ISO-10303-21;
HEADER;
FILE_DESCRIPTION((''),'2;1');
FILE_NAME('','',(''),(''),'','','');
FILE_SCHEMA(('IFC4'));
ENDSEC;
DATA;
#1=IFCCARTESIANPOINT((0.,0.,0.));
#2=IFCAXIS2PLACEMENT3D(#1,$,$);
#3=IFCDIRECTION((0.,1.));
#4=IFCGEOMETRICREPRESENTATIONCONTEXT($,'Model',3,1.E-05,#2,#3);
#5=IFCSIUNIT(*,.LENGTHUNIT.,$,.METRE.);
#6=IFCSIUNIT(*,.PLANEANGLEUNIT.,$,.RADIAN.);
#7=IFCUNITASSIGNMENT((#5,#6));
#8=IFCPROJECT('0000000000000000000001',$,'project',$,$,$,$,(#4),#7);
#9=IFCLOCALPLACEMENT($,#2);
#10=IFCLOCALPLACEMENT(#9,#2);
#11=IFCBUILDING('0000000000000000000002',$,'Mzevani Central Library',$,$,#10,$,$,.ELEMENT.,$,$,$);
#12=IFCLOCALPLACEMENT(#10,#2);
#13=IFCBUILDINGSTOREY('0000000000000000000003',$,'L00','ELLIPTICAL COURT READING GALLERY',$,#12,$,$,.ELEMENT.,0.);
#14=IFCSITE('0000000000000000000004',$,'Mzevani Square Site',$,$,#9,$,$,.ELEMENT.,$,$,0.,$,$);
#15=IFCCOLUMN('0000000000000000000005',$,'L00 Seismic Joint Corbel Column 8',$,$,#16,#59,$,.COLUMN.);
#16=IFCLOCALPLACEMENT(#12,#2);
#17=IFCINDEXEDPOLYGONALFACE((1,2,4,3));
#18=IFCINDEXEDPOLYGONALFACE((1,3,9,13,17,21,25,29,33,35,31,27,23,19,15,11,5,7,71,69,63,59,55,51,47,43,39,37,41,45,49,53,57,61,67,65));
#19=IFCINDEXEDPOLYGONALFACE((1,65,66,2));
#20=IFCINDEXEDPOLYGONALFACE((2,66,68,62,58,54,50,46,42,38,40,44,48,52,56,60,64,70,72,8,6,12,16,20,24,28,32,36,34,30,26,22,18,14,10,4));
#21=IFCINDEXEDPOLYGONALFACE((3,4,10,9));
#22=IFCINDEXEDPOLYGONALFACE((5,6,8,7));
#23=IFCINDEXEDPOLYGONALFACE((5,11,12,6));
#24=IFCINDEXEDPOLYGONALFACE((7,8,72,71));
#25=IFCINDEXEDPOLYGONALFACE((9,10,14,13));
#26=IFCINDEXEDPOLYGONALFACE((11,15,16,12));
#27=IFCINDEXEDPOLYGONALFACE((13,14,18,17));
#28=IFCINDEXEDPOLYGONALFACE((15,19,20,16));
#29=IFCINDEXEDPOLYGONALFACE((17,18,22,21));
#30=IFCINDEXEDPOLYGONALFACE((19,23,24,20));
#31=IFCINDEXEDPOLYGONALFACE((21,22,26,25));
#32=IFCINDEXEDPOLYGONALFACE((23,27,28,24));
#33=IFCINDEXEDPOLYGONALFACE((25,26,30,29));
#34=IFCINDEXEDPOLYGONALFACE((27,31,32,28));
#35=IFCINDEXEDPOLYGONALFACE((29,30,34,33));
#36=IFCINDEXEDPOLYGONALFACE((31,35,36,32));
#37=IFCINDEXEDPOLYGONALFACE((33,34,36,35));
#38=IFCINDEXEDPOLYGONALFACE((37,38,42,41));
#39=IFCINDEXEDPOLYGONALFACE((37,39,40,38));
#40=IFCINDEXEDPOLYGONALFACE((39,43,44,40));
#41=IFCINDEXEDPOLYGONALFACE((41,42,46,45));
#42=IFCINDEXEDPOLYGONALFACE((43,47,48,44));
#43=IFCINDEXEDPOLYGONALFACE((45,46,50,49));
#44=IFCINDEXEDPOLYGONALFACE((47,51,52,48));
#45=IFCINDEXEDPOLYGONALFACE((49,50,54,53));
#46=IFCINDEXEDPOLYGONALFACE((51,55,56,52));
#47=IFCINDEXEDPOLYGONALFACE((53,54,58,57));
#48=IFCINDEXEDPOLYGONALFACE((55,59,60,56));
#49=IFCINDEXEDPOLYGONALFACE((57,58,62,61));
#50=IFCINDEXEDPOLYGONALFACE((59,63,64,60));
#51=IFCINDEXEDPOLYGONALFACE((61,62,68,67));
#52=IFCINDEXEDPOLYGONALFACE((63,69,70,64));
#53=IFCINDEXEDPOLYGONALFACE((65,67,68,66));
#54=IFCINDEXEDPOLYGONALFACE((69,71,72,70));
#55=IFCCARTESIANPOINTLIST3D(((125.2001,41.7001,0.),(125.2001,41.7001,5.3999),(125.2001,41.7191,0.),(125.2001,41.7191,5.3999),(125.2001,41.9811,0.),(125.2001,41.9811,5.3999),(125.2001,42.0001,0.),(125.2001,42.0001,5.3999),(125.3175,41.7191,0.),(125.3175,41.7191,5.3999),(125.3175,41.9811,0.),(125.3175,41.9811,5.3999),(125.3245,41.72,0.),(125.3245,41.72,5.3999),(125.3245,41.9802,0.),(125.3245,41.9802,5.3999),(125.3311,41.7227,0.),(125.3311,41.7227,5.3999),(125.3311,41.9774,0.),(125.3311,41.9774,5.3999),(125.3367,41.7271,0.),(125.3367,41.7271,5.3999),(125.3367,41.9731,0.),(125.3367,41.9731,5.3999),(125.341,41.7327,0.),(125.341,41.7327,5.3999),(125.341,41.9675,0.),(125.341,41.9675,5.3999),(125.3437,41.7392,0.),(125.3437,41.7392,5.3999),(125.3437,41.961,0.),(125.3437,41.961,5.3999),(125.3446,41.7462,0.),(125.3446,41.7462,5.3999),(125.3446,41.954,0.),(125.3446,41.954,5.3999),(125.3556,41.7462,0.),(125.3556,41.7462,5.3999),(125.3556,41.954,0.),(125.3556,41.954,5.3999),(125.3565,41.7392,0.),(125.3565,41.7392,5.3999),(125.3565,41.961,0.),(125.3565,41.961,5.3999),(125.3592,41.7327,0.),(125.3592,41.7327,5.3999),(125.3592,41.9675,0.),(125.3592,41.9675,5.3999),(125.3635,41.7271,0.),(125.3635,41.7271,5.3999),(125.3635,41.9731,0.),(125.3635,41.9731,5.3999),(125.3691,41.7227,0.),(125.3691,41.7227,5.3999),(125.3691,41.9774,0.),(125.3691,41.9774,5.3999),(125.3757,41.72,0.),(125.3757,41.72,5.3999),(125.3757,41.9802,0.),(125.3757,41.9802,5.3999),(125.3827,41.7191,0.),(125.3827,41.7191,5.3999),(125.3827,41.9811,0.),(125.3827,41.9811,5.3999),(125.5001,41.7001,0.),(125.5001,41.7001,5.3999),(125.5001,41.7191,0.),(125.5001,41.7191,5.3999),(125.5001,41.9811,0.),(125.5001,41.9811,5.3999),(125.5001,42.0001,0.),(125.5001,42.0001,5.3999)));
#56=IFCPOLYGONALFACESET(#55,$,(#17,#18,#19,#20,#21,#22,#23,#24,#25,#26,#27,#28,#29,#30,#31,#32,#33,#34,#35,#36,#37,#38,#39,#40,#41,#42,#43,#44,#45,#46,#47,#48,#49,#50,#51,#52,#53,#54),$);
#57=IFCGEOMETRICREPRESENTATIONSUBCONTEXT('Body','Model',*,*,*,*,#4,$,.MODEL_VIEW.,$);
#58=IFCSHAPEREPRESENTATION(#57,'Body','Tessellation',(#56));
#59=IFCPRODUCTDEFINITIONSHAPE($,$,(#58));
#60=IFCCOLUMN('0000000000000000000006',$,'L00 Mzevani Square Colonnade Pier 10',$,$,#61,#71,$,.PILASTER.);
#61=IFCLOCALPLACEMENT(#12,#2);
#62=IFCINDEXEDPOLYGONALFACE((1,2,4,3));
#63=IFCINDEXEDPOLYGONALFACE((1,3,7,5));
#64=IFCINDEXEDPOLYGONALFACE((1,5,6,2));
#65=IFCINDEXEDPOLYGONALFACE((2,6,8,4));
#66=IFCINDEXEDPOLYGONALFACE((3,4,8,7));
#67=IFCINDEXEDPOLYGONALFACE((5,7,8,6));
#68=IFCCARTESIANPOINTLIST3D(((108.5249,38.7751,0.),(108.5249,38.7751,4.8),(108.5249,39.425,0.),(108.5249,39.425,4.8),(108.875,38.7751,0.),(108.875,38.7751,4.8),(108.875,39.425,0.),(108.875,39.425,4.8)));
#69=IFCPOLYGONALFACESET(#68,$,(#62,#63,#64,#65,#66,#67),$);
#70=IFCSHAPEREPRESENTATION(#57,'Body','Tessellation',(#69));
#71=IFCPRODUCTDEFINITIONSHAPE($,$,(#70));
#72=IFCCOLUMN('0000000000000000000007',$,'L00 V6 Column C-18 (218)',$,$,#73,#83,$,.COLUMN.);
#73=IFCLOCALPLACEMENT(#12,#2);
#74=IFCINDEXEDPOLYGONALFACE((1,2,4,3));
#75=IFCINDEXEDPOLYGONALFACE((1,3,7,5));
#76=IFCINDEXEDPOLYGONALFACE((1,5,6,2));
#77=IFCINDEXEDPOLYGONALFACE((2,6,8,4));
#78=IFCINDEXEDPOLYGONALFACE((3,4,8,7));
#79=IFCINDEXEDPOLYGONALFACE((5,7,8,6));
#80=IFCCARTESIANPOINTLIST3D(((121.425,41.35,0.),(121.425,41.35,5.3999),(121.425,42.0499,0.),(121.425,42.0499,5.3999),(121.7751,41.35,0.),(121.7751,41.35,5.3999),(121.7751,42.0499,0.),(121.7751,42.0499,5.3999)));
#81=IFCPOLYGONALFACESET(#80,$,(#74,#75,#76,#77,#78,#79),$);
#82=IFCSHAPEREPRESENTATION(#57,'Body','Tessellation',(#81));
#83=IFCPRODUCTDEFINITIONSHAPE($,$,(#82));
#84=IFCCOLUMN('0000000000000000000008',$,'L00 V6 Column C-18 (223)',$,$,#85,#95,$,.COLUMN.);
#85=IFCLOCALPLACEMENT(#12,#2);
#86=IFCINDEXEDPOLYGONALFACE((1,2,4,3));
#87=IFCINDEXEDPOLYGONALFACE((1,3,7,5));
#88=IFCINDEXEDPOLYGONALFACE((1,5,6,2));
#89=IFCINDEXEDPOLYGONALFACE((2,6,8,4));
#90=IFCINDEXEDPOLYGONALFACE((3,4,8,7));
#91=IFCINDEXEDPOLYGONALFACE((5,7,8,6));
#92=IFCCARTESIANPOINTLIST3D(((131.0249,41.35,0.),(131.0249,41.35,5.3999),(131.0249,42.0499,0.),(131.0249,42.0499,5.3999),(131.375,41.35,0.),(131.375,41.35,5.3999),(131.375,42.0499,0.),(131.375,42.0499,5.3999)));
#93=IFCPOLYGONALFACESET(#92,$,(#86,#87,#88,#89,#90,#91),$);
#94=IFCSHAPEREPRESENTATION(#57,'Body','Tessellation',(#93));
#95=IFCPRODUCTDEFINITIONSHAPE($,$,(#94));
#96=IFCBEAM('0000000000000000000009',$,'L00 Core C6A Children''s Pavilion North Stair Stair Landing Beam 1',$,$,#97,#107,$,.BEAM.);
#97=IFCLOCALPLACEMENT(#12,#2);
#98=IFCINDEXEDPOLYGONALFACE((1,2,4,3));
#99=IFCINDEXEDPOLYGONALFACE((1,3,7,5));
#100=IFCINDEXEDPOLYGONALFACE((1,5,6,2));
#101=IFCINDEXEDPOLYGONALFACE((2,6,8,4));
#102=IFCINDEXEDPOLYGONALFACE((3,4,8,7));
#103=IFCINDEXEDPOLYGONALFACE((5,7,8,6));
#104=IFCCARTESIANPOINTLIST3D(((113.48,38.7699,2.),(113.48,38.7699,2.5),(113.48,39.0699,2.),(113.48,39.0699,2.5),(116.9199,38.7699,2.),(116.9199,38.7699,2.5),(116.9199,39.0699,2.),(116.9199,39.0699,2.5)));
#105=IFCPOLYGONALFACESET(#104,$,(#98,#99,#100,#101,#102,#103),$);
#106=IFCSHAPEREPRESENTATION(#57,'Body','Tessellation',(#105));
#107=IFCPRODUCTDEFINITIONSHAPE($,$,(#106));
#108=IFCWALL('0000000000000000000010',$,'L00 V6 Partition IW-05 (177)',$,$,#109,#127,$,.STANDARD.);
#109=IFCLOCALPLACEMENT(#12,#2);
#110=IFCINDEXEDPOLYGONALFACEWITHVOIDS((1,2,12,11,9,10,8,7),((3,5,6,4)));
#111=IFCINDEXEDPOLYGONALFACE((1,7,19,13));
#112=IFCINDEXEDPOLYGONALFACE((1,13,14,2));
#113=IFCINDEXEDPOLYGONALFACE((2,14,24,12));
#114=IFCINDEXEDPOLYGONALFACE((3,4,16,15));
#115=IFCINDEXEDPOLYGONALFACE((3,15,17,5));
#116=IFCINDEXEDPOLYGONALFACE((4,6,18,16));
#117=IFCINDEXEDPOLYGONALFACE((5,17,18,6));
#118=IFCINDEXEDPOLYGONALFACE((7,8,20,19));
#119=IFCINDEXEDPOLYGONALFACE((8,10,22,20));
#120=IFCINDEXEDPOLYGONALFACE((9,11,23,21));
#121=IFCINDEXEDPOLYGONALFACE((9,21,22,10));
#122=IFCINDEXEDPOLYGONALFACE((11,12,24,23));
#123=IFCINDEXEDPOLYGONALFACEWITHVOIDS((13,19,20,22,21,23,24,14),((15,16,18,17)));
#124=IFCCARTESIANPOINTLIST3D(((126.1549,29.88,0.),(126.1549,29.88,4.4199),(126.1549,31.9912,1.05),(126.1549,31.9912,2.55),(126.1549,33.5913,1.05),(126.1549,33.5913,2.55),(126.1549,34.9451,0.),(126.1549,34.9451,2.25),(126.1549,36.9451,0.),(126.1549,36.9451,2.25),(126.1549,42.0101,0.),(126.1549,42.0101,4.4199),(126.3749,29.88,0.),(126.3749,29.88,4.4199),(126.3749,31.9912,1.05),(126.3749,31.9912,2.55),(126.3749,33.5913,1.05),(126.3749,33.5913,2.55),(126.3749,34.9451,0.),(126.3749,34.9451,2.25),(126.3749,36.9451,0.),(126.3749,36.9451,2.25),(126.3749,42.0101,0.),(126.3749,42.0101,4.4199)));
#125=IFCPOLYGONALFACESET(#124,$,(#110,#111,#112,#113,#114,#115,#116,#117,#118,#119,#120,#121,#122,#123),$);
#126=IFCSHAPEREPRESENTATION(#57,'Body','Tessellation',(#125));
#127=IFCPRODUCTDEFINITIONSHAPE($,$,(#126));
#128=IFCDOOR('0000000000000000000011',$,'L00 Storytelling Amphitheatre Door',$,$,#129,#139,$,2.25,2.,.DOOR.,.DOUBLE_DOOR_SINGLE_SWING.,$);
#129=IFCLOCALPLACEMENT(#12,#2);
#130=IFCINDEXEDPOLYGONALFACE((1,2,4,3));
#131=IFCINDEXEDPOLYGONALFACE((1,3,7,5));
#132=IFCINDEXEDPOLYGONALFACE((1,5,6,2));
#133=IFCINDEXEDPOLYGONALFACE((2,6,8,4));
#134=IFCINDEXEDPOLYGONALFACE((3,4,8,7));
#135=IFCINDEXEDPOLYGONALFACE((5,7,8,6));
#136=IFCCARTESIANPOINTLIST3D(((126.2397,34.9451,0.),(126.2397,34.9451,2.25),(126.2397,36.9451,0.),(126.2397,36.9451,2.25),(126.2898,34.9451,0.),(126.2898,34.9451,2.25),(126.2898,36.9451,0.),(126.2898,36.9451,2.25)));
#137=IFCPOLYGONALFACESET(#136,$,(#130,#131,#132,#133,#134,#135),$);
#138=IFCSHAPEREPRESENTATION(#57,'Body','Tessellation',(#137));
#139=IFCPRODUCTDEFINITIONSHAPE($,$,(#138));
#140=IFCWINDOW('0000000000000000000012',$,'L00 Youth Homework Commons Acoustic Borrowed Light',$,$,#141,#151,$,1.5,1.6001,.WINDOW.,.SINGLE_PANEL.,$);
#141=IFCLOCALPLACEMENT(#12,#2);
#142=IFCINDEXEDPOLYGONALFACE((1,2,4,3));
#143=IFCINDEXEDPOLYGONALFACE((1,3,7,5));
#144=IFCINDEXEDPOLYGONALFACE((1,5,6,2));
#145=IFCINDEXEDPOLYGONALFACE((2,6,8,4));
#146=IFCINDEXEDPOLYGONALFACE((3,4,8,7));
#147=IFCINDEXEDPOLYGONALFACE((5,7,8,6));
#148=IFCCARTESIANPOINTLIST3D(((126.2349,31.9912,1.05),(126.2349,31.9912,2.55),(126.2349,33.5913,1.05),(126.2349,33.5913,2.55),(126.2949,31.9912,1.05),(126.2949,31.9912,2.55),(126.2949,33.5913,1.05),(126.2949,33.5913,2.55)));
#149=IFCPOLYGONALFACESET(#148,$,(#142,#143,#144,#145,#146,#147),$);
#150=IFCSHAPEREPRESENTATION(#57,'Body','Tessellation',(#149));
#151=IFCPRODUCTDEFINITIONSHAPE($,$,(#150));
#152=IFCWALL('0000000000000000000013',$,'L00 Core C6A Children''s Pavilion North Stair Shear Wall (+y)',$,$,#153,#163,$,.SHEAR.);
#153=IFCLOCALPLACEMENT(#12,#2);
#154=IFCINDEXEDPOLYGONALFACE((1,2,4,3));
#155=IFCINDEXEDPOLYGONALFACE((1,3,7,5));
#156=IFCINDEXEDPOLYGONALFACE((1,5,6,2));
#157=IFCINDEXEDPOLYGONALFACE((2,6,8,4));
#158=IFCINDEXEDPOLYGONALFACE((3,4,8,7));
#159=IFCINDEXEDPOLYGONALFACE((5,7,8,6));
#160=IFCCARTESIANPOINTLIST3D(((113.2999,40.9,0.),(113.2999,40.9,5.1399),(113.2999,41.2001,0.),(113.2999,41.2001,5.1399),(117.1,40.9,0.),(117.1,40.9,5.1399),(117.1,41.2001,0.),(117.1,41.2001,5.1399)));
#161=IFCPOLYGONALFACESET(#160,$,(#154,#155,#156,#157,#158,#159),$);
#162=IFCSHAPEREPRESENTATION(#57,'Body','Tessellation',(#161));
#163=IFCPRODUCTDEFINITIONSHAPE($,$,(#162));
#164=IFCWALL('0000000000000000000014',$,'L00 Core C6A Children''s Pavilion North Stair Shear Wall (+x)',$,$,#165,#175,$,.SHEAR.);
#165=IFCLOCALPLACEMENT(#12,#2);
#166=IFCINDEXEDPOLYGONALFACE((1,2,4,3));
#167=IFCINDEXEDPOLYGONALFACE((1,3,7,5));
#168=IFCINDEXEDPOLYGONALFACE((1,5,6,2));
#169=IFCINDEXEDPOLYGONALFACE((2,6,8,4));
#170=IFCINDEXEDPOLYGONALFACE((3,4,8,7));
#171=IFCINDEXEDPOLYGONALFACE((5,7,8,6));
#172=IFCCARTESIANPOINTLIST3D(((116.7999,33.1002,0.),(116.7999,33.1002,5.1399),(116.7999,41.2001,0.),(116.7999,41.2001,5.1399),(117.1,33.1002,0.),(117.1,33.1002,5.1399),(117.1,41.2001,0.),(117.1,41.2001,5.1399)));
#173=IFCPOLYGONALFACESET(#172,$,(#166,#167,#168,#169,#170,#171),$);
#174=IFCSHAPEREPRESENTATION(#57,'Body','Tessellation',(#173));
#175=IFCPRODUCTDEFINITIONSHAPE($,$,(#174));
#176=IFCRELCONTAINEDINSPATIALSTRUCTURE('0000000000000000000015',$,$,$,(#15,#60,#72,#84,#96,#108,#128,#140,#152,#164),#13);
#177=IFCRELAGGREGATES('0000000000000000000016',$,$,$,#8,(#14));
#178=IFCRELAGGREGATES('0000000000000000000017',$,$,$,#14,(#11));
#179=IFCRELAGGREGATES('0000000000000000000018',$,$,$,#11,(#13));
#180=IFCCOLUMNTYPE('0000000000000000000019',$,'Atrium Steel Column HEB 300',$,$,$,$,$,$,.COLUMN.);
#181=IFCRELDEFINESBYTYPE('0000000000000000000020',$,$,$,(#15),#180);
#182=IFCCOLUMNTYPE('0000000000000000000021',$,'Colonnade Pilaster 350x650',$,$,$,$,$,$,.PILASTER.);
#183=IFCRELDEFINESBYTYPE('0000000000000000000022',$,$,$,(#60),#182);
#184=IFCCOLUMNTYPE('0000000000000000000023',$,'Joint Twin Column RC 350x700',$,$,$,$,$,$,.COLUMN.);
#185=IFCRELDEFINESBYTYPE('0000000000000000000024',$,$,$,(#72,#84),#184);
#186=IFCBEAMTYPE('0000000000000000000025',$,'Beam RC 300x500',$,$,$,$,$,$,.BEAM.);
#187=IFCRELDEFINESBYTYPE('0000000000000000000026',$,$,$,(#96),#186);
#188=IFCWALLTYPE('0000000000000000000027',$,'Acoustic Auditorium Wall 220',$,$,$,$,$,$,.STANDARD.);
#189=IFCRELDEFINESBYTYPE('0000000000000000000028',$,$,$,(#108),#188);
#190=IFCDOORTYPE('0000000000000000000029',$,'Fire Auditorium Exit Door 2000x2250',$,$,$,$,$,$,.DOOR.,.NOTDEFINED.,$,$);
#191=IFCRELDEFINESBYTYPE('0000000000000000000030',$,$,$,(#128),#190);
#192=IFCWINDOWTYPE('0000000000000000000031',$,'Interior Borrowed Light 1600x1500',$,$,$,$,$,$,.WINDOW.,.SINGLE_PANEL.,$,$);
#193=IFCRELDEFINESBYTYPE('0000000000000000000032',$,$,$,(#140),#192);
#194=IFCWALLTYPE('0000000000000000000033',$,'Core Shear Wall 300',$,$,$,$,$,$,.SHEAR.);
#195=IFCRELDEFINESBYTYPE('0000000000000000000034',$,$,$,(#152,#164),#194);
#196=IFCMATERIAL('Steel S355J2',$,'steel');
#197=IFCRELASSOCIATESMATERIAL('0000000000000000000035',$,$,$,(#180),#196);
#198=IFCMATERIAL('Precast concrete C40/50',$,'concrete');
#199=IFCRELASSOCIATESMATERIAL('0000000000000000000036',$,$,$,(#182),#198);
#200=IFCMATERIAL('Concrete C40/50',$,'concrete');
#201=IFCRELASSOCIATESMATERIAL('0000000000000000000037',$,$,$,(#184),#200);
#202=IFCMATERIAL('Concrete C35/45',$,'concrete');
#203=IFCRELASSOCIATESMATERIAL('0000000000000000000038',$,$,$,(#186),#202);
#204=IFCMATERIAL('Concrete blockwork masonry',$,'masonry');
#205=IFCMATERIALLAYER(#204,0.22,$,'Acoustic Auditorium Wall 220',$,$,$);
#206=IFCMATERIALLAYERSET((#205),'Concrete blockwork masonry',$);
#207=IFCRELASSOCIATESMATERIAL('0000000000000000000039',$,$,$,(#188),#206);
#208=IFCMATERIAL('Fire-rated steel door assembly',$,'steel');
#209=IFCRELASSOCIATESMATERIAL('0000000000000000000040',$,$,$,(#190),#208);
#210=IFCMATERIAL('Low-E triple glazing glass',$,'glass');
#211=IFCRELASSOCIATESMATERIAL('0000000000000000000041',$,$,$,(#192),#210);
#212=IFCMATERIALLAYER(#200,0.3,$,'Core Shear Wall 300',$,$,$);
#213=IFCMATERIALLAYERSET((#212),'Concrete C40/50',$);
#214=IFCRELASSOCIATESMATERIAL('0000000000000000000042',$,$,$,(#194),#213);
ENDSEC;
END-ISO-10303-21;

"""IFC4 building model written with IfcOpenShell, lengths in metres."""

from ifc_helpers import new_model, si_unit, direction, frame, frame_2d, origin, origin_2d, place, context, subcontext, project, spatial, rectangle, i_section, extrude, material, layer, layer_set, material_profile, profile_set, type_object, element, fill, save


model = new_model("IFC4")

# Units and contexts
model_context = context("Model", 3, precision=1e-05, world=origin(), true_north=direction((0.0, 1.0)))
body_context = subcontext(model_context, "Body", "Model", "MODEL_VIEW")
ifc_project = project(units=[si_unit("LENGTHUNIT", "METRE"), si_unit("PLANEANGLEUNIT", "RADIAN")], contexts=[model_context])

# Site, building, storey
site_placement = place(None, origin())
site = spatial("IfcSite", under=ifc_project, at=site_placement, Name="Mzevani Square Site", CompositionType="ELEMENT", RefElevation=0.0)
building_placement = place(site_placement, origin())
building = spatial("IfcBuilding", under=site, at=building_placement, Name="Mzevani Central Library", CompositionType="ELEMENT")
storey_placement = place(building_placement, origin())
storey = spatial("IfcBuildingStorey", under=building, at=storey_placement, Name="L00", Description="ELLIPTICAL COURT READING GALLERY", CompositionType="ELEMENT", Elevation=0.0)

# Columns
ifc_material_1 = material(Name="Steel S355J2", Category="steel")
ifc_material_profile_1 = material_profile(ifc_material_1, i_section(OverallWidth=0.3, OverallDepth=0.3, WebThickness=0.011, FlangeThickness=0.019, FilletRadius=0.0271, at=origin_2d()), Name="HEB 300")
ifc_profile_set_1 = profile_set([ifc_material_profile_1], Name="Steel S355J2")
column_type_1 = type_object("IfcColumnType", Name="Atrium Steel Column HEB 300", PredefinedType="COLUMN", material=ifc_profile_set_1)
column_1_placement = place(storey_placement, frame((125.3501, 41.8501, 0.0), z_axis=(0.0, 0.0, 1.0), x_axis=(1.0, 0.0, 0.0)))
element("IfcColumn", 1, at=column_1_placement, inside=storey, type_object=column_type_1, Name="L00 Seismic Joint Corbel Column 8", PredefinedType="COLUMN", context=body_context, shape_type="SweptSolid", body=[
    extrude(i_section(OverallWidth=0.3, OverallDepth=0.3, WebThickness=0.011, FlangeThickness=0.019, FilletRadius=0.0271, at=origin_2d()), origin(), (0.0, 0.0, 1.0), 5.3999),
])
ifc_material_2 = material(Name="Precast concrete C40/50", Category="concrete")
ifc_material_profile_2 = material_profile(ifc_material_2, rectangle(XDim=0.3501, YDim=0.6499, at=origin_2d()), Name="PC PIL 350x650")
ifc_profile_set_2 = profile_set([ifc_material_profile_2], Name="Precast concrete C40/50")
column_type_2 = type_object("IfcColumnType", Name="Colonnade Pilaster 350x650", PredefinedType="PILASTER", material=ifc_profile_set_2)
column_2_placement = place(storey_placement, frame((108.7, 39.1001, 0.0), z_axis=(0.0, 0.0, 1.0), x_axis=(1.0, 0.0, 0.0)))
element("IfcColumn", 2, at=column_2_placement, inside=storey, type_object=column_type_2, Name="L00 Mzevani Square Colonnade Pier 10", PredefinedType="PILASTER", context=body_context, shape_type="SweptSolid", body=[
    extrude(rectangle(XDim=0.3501, YDim=0.6499, at=origin_2d()), origin(), (0.0, 0.0, 1.0), 4.8),
])
ifc_material_3 = material(Name="Concrete C40/50", Category="concrete")
ifc_material_profile_3 = material_profile(ifc_material_3, rectangle(XDim=0.3501, YDim=0.7, at=origin_2d()), Name="RC 350x700")
ifc_profile_set_3 = profile_set([ifc_material_profile_3], Name="Concrete C40/50")
column_type_3 = type_object("IfcColumnType", Name="Joint Twin Column RC 350x700", PredefinedType="COLUMN", material=ifc_profile_set_3)
for number, where, z_axis, x_axis, name in (
    (3, (121.6001, 41.7, 0.0), (0.0, 0.0, 1.0), (1.0, 0.0, 0.0), "L00 V6 Column C-18 (218)"),
    (4, (131.2, 41.7, 0.0), (0.0, 0.0, 1.0), (1.0, 0.0, 0.0), "L00 V6 Column C-18 (223)"),
):
    element("IfcColumn", number, at=place(storey_placement, frame(where, z_axis=z_axis, x_axis=x_axis)), inside=storey, type_object=column_type_3, Name=name, PredefinedType="COLUMN", context=body_context, shape_type="SweptSolid", body=[
        extrude(rectangle(XDim=0.3501, YDim=0.7, at=origin_2d()), origin(), (0.0, 0.0, 1.0), 5.3999),
    ])

# Beam
ifc_material_4 = material(Name="Concrete C35/45", Category="concrete")
ifc_material_profile_4 = material_profile(ifc_material_4, rectangle(XDim=0.3, YDim=0.5, at=origin_2d()), Name="RC B300x500")
ifc_profile_set_4 = profile_set([ifc_material_profile_4], Name="Concrete C35/45")
beam_type = type_object("IfcBeamType", Name="Beam RC 300x500", PredefinedType="BEAM", material=ifc_profile_set_4)
beam_placement = place(storey_placement, frame((113.48, 38.9199, 2.25), z_axis=(1.0, 0.0, 0.0), x_axis=(0.0, 1.0, 0.0)))
element("IfcBeam", 5, at=beam_placement, inside=storey, type_object=beam_type, Name="L00 Core C6A Children's Pavilion North Stair Stair Landing Beam 1", PredefinedType="BEAM", context=body_context, shape_type="SweptSolid", body=[
    extrude(rectangle(XDim=0.3, YDim=0.5, at=origin_2d()), origin(), (0.0, 0.0, 1.0), 3.4399),
])

# Wall, openings, door, window
ifc_material_5 = material(Name="Concrete blockwork masonry", Category="masonry")
ifc_layer_1 = layer(ifc_material_5, 0.22, Name="Acoustic Auditorium Wall 220")
ifc_layer_set_1 = layer_set([ifc_layer_1], Name="Concrete blockwork masonry")
wall_type_1 = type_object("IfcWallType", Name="Acoustic Auditorium Wall 220", PredefinedType="STANDARD", material=ifc_layer_set_1)
wall_1_placement = place(storey_placement, frame((126.2649, 42.01, 0.0), z_axis=(0.0, 0.0, 1.0), x_axis=(0.0, -1.0, 0.0)))
wall_1 = element("IfcWall", 6, at=wall_1_placement, inside=storey, type_object=wall_type_1, Name="L00 V6 Partition IW-05 (177)", PredefinedType="STANDARD", context=body_context, shape_type="SweptSolid", body=[
    extrude(rectangle(XDim=12.1301, YDim=0.22, at=frame_2d((6.0649, 0.0))), origin(), (0.0, 0.0, 1.0), 4.4199),
])
opening_1_placement = place(wall_1_placement, frame((5.0649, 0.0, 0.0)))
opening_1 = element("IfcOpeningElement", 7, at=opening_1_placement, cuts=wall_1, PredefinedType="OPENING", context=body_context, shape_type="SweptSolid", body=[
    extrude(rectangle(XDim=2.0, YDim=2.25, at=frame_2d((1.0, 1.125))), frame((0.0, 0.1201, 0.0), z_axis=(0.0, -1.0, 0.0), x_axis=(1.0, 0.0, 0.0)), (0.0, 0.0, 1.0), 0.24),
])
opening_2_placement = place(wall_1_placement, frame((8.4187, 0.0, 1.05)))
opening_2 = element("IfcOpeningElement", 8, at=opening_2_placement, cuts=wall_1, PredefinedType="OPENING", context=body_context, shape_type="SweptSolid", body=[
    extrude(rectangle(XDim=1.6001, YDim=1.5, at=frame_2d((0.8, 0.75))), frame((0.0, 0.1201, 0.0), z_axis=(0.0, -1.0, 0.0), x_axis=(1.0, 0.0, 0.0)), (0.0, 0.0, 1.0), 0.24),
])
ifc_material_6 = material(Name="Fire-rated steel door assembly", Category="steel")
door_type = type_object("IfcDoorType", Name="Fire Auditorium Exit Door 2000x2250", OperationType="NOTDEFINED", PredefinedType="DOOR", material=ifc_material_6)
door_placement = place(opening_1_placement, origin())
door = element("IfcDoor", 9, at=door_placement, inside=storey, type_object=door_type, Name="L00 Storytelling Amphitheatre Door", OperationType="DOUBLE_DOOR_SINGLE_SWING", OverallHeight=2.25, OverallWidth=2.0, PredefinedType="DOOR", context=body_context, shape_type="SweptSolid", body=[
    extrude(rectangle(XDim=2.0, YDim=2.25, at=frame_2d((1.0, 1.125))), frame((0.0, 0.0249, 0.0), z_axis=(0.0, -1.0, 0.0), x_axis=(1.0, 0.0, 0.0)), (0.0, 0.0, 1.0), 0.05),
])
fill(opening_1, door)
ifc_material_7 = material(Name="Low-E triple glazing glass", Category="glass")
window_type = type_object("IfcWindowType", Name="Interior Borrowed Light 1600x1500", PartitioningType="SINGLE_PANEL", PredefinedType="WINDOW", material=ifc_material_7)
window_placement = place(opening_2_placement, origin())
window = element("IfcWindow", 10, at=window_placement, inside=storey, type_object=window_type, Name="L00 Youth Homework Commons Acoustic Borrowed Light", OverallHeight=1.5, OverallWidth=1.6001, PartitioningType="SINGLE_PANEL", PredefinedType="WINDOW", context=body_context, shape_type="SweptSolid", body=[
    extrude(rectangle(XDim=1.6001, YDim=1.5, at=frame_2d((0.8, 0.75))), frame((0.0, 0.03, 0.0), z_axis=(0.0, -1.0, 0.0), x_axis=(1.0, 0.0, 0.0)), (0.0, 0.0, 1.0), 0.0601),
])
fill(opening_2, window)

# Walls
ifc_layer_2 = layer(ifc_material_3, 0.3, Name="Core Shear Wall 300")
ifc_layer_set_2 = layer_set([ifc_layer_2], Name="Concrete C40/50")
wall_type_2 = type_object("IfcWallType", Name="Core Shear Wall 300", PredefinedType="SHEAR", material=ifc_layer_set_2)
wall_2_placement = place(storey_placement, frame((113.3, 41.05, 0.0), z_axis=(0.0, 0.0, 1.0), x_axis=(1.0, 0.0, 0.0)))
element("IfcWall", 11, at=wall_2_placement, inside=storey, type_object=wall_type_2, Name="L00 Core C6A Children's Pavilion North Stair Shear Wall (+y)", PredefinedType="SHEAR", context=body_context, shape_type="SweptSolid", body=[
    extrude(rectangle(XDim=3.8, YDim=0.3, at=frame_2d((1.8999, 0.0))), origin(), (0.0, 0.0, 1.0), 5.1399),
])
wall_3_placement = place(storey_placement, frame((116.95, 41.2, 0.0), z_axis=(0.0, 0.0, 1.0), x_axis=(0.0, -1.0, 0.0)))
element("IfcWall", 12, at=wall_3_placement, inside=storey, type_object=wall_type_2, Name="L00 Core C6A Children's Pavilion North Stair Shear Wall (+x)", PredefinedType="SHEAR", context=body_context, shape_type="SweptSolid", body=[
    extrude(rectangle(XDim=8.0999, YDim=0.3, at=frame_2d((4.0498, 0.0))), origin(), (0.0, 0.0, 1.0), 5.1399),
])

save(model, "model.ifc")
